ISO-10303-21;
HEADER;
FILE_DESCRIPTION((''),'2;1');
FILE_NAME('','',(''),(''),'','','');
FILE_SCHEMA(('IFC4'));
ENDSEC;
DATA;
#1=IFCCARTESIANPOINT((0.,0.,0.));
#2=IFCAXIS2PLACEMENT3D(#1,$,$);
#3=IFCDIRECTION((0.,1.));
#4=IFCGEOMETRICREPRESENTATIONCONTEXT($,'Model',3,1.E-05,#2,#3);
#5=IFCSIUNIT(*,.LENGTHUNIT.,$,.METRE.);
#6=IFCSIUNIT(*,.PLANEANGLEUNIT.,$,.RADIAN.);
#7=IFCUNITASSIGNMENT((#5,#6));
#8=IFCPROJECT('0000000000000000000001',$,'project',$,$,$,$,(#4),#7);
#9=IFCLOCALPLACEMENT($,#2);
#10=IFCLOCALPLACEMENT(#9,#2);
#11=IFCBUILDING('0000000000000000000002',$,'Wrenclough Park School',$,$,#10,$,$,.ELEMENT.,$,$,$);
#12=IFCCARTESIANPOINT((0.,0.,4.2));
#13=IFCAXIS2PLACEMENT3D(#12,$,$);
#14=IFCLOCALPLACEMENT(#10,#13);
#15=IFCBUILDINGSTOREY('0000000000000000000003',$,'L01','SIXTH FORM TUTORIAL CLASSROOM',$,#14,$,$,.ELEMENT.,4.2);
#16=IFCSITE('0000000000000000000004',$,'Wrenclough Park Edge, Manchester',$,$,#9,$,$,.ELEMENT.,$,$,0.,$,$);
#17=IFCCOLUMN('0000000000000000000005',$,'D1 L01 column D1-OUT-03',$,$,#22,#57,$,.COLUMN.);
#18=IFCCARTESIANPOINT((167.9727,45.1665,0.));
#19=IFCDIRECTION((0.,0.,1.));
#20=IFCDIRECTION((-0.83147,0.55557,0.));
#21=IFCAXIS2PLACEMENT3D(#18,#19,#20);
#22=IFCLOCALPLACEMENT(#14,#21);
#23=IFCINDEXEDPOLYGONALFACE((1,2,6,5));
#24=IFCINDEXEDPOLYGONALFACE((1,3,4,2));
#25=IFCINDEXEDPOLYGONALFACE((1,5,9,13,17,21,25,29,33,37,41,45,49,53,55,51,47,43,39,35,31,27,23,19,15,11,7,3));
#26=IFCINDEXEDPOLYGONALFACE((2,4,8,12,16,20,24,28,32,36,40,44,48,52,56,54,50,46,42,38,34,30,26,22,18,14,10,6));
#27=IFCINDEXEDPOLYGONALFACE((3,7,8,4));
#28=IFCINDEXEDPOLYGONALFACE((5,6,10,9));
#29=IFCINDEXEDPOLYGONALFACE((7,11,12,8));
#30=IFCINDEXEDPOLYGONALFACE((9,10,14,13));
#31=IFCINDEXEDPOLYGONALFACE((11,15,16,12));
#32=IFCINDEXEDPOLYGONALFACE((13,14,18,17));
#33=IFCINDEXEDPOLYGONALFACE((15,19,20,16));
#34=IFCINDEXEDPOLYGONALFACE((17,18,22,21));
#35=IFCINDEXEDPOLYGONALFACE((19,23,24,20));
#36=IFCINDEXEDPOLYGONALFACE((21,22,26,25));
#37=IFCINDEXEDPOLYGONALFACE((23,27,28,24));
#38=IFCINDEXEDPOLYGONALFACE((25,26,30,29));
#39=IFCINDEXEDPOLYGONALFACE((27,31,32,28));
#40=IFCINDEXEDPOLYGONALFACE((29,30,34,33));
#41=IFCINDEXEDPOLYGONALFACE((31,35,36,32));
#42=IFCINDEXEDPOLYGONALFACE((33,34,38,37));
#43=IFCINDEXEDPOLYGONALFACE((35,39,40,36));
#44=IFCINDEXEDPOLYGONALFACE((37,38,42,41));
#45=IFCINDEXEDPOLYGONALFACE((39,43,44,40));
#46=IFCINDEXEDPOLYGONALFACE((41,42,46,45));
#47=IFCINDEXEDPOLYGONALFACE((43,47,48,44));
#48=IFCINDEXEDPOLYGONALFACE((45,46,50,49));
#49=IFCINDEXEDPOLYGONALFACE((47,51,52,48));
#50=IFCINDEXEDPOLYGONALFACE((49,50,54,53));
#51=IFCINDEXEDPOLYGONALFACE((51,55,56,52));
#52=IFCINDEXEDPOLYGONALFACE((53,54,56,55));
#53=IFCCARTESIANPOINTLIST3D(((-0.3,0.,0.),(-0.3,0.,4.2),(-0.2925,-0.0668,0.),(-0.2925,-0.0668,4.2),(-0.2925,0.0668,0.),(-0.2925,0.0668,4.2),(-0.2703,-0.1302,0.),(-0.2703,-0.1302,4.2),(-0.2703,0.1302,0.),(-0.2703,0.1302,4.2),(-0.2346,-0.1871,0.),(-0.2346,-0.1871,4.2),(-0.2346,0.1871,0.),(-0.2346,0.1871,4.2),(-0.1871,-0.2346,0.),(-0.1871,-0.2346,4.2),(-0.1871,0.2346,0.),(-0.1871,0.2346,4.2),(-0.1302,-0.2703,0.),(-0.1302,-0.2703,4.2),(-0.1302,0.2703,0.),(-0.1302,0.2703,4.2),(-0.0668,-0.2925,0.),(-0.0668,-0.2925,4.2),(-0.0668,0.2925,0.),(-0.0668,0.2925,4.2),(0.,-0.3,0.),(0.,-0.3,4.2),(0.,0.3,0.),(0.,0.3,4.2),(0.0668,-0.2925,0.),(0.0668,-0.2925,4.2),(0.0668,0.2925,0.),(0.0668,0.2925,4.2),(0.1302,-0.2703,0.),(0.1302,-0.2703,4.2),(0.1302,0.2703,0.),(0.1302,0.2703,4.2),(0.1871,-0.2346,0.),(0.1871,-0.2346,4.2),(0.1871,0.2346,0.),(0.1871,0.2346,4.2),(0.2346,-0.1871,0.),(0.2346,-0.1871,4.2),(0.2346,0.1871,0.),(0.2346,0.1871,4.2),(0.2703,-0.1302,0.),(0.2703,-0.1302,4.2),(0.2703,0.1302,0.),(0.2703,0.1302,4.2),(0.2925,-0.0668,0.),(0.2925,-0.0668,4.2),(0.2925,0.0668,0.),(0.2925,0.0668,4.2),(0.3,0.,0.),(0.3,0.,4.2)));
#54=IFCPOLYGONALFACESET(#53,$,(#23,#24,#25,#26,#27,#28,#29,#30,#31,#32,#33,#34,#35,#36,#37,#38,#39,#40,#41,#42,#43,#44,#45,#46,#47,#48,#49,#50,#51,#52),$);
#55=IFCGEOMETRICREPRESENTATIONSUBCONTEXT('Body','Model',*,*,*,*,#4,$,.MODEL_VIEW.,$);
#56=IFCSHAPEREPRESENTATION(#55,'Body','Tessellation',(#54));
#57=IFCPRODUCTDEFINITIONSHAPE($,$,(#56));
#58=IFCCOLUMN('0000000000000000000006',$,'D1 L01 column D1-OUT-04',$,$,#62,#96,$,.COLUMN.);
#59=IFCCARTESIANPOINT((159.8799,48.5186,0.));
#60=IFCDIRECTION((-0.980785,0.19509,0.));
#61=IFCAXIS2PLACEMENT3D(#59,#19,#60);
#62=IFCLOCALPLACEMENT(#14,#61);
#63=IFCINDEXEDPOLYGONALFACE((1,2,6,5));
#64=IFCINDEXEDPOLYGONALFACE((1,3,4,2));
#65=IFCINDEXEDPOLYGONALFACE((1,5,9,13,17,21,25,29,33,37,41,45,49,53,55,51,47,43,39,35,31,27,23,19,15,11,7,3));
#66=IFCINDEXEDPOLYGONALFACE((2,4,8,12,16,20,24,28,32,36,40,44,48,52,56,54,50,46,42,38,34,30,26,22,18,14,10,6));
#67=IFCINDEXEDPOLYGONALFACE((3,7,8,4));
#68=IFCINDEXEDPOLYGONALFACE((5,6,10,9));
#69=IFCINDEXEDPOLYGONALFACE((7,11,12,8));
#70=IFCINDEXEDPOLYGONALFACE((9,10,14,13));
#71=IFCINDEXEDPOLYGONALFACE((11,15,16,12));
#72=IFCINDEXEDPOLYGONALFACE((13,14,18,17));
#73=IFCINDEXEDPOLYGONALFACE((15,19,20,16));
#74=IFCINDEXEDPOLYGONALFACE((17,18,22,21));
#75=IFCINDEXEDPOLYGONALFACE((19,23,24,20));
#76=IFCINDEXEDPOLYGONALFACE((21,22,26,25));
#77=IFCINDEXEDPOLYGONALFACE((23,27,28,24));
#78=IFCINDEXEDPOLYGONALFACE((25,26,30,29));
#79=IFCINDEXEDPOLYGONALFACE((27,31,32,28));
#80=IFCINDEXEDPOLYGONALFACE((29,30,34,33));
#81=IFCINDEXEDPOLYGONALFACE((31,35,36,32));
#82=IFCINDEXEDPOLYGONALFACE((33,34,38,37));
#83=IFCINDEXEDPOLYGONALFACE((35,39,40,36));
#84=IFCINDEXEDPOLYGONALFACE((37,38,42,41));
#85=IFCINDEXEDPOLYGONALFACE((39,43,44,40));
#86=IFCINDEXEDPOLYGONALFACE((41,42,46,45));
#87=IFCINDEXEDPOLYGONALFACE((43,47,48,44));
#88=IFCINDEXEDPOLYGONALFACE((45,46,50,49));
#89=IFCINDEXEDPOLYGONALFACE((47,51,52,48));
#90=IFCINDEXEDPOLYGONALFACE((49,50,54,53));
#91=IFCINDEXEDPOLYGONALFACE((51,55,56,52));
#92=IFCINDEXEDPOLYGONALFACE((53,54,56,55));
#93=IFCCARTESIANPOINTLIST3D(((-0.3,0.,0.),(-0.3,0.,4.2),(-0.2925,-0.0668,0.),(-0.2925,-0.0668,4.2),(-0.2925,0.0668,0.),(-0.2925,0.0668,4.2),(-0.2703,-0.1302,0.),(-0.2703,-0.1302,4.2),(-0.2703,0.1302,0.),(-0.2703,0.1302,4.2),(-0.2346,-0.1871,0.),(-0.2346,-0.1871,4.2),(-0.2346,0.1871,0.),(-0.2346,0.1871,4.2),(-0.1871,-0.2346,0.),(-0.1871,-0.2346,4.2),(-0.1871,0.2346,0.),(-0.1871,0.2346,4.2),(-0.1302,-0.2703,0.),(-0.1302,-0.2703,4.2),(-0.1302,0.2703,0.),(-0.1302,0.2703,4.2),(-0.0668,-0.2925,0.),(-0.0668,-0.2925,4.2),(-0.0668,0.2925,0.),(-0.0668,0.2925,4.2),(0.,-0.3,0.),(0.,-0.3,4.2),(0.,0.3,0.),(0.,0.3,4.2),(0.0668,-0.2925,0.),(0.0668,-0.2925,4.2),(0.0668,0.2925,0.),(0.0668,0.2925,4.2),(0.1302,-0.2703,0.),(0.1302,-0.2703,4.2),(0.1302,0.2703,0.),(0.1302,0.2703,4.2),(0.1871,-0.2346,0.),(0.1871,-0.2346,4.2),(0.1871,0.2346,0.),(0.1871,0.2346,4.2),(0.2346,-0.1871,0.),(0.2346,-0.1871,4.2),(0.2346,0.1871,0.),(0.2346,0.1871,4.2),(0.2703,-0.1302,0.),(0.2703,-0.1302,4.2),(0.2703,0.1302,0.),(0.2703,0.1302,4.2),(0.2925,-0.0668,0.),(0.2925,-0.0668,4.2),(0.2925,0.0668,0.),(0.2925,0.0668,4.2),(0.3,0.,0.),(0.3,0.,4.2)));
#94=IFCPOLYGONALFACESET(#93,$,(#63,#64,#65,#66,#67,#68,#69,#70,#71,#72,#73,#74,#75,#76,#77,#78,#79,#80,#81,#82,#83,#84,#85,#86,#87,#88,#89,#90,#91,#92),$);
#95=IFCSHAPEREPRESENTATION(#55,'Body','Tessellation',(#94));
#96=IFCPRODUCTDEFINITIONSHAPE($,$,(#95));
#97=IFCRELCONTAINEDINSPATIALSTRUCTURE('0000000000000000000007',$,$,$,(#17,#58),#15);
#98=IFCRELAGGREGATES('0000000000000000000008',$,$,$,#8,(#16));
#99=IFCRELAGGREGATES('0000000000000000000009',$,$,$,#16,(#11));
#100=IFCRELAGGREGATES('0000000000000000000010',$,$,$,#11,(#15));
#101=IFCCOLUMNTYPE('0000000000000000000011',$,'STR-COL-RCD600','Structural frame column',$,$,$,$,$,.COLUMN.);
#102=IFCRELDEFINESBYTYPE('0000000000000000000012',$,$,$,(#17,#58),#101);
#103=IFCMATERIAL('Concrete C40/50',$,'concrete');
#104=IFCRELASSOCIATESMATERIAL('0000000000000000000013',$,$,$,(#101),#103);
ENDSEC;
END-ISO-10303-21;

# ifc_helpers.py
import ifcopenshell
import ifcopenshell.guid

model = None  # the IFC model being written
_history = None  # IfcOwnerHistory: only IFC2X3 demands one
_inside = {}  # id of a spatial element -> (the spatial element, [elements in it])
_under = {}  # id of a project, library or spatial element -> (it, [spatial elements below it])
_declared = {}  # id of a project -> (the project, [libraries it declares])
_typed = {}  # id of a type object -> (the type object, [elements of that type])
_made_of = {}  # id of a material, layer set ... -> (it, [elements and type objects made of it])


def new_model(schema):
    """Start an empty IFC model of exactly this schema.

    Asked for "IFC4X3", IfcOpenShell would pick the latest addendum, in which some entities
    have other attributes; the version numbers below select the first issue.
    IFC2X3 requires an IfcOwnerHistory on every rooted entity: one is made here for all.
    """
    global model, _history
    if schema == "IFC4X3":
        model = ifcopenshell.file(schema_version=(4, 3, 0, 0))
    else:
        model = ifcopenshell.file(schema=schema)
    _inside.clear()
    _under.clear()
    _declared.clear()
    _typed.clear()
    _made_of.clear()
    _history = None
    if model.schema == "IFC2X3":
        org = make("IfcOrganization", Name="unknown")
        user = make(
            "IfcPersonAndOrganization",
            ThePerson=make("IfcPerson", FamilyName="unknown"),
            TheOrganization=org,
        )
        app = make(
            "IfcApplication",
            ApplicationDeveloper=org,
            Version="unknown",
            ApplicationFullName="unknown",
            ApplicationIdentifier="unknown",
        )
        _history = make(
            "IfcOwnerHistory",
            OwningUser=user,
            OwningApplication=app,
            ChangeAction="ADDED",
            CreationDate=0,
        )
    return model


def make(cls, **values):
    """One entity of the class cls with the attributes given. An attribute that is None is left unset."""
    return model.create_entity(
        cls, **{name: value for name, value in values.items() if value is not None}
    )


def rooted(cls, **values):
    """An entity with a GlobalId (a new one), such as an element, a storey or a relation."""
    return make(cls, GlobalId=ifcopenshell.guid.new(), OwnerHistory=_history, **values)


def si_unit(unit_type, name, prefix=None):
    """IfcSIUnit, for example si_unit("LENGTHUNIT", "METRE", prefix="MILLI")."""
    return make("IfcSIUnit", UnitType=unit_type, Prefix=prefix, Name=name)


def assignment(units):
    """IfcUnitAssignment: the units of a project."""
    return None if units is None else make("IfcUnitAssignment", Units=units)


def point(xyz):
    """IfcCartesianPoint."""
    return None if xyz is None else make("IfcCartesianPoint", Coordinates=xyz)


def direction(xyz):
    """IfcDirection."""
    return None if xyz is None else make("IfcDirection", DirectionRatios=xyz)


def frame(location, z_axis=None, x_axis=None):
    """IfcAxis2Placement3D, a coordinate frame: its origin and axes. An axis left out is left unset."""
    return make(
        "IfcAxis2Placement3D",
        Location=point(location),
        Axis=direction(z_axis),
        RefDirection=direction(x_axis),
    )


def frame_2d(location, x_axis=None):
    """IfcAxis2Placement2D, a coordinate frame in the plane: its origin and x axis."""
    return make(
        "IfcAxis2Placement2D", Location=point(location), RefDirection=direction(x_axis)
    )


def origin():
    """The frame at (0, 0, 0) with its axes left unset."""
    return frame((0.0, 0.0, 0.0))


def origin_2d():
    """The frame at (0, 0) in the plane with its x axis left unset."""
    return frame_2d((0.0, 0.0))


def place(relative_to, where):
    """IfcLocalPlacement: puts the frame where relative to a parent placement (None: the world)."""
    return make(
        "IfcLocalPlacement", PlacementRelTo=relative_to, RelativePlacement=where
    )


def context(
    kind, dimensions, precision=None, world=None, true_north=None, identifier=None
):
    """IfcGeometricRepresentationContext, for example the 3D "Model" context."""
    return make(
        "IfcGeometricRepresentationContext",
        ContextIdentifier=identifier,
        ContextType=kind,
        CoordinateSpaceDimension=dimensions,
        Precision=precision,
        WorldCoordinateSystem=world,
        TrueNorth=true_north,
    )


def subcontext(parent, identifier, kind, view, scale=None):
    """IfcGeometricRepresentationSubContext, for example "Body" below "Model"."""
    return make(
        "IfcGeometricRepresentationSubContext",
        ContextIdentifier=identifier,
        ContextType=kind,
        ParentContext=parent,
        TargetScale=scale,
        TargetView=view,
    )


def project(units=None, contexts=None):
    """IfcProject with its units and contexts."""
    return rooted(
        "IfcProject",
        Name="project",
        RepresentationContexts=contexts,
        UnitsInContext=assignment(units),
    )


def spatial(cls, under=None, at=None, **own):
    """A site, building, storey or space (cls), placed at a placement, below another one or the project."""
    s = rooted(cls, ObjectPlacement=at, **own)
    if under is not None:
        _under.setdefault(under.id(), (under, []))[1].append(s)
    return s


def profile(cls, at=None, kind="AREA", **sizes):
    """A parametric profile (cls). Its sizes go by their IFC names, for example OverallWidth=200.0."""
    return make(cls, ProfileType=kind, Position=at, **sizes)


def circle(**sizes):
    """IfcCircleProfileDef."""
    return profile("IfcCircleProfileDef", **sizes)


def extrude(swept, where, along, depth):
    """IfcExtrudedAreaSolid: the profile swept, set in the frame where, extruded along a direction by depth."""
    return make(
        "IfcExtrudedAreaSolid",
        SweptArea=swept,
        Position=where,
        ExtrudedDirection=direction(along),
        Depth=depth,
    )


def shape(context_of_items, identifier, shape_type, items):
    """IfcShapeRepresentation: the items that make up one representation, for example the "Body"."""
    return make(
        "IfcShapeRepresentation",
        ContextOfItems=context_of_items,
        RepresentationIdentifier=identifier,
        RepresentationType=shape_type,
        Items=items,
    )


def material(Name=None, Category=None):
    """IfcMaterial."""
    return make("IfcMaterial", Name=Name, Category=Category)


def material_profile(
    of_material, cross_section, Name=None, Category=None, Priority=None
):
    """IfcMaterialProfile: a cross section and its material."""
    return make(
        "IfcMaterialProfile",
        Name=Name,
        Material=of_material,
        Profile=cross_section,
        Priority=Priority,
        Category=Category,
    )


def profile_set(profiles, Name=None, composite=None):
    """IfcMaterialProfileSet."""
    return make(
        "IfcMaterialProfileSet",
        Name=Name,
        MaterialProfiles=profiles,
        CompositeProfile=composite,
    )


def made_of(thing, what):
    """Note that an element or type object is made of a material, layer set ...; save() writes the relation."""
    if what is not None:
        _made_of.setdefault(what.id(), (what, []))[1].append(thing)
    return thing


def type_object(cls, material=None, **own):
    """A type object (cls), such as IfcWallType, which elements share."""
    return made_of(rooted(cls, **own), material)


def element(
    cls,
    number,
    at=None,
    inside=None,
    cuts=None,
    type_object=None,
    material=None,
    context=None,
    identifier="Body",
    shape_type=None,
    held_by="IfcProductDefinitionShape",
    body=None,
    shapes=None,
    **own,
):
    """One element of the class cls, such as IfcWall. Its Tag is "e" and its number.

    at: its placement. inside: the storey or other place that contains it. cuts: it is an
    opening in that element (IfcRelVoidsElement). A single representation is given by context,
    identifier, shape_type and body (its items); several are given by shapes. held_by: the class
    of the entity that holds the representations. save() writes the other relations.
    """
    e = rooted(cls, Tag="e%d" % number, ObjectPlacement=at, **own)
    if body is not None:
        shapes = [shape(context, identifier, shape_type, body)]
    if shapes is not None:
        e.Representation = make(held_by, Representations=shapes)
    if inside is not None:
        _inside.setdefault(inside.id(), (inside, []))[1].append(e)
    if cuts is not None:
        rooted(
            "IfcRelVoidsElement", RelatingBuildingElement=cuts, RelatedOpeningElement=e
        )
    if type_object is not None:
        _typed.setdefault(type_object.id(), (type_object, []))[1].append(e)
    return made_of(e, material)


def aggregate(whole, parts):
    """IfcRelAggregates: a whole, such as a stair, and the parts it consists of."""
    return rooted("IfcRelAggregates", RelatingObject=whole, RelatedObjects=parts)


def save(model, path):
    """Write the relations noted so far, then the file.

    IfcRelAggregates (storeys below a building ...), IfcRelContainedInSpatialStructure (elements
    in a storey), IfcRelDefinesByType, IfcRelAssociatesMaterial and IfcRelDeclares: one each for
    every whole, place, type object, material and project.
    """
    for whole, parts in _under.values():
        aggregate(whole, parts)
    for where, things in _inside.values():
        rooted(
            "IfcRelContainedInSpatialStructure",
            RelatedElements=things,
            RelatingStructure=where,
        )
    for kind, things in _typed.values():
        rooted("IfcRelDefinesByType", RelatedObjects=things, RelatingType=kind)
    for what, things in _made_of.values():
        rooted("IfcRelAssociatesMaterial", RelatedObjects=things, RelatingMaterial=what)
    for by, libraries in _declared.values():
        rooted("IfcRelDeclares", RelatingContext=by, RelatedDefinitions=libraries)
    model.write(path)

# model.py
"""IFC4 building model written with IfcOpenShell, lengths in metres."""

from ifc_helpers import new_model, si_unit, direction, frame, origin, origin_2d, place, context, subcontext, project, spatial, circle, extrude, material, material_profile, profile_set, type_object, element, save


model = new_model("IFC4")

# Units and contexts
model_context = context("Model", 3, precision=1e-05, world=origin(), true_north=direction((0.0, 1.0)))
body_context = subcontext(model_context, "Body", "Model", "MODEL_VIEW")
ifc_project = project(units=[si_unit("LENGTHUNIT", "METRE"), si_unit("PLANEANGLEUNIT", "RADIAN")], contexts=[model_context])

# Site, building, storey
site_placement = place(None, origin())
site = spatial("IfcSite", under=ifc_project, at=site_placement, Name="Wrenclough Park Edge, Manchester", CompositionType="ELEMENT", RefElevation=0.0)
building_placement = place(site_placement, origin())
building = spatial("IfcBuilding", under=site, at=building_placement, Name="Wrenclough Park School", CompositionType="ELEMENT")
storey_placement = place(building_placement, frame((0.0, 0.0, 4.2)))
storey = spatial("IfcBuildingStorey", under=building, at=storey_placement, Name="L01", Description="SIXTH FORM TUTORIAL CLASSROOM", CompositionType="ELEMENT", Elevation=4.2)

# Columns
ifc_material_1 = material(Name="Concrete C40/50", Category="concrete")
ifc_material_profile_1 = material_profile(ifc_material_1, circle(Radius=0.3, at=origin_2d()), Name="RC COL D600")
ifc_profile_set_1 = profile_set([ifc_material_profile_1], Name="Concrete C40/50")
column_type_1 = type_object("IfcColumnType", Name="STR-COL-RCD600", Description="Structural frame column", PredefinedType="COLUMN", material=ifc_profile_set_1)
for number, where, z_axis, x_axis, name in (
    (1, (167.9727, 45.1665, 0.0), (0.0, 0.0, 1.0), (-0.83147, 0.55557, 0.0), "D1 L01 column D1-OUT-03"),
    (2, (159.8799, 48.5186, 0.0), (0.0, 0.0, 1.0), (-0.980785, 0.19509, 0.0), "D1 L01 column D1-OUT-04"),
):
    element("IfcColumn", number, at=place(storey_placement, frame(where, z_axis=z_axis, x_axis=x_axis)), inside=storey, type_object=column_type_1, Name=name, PredefinedType="COLUMN", context=body_context, shape_type="SweptSolid", body=[
        extrude(circle(Radius=0.3, at=origin_2d()), origin(), (0.0, 0.0, 1.0), 4.2),
    ])

save(model, "model.ifc")
